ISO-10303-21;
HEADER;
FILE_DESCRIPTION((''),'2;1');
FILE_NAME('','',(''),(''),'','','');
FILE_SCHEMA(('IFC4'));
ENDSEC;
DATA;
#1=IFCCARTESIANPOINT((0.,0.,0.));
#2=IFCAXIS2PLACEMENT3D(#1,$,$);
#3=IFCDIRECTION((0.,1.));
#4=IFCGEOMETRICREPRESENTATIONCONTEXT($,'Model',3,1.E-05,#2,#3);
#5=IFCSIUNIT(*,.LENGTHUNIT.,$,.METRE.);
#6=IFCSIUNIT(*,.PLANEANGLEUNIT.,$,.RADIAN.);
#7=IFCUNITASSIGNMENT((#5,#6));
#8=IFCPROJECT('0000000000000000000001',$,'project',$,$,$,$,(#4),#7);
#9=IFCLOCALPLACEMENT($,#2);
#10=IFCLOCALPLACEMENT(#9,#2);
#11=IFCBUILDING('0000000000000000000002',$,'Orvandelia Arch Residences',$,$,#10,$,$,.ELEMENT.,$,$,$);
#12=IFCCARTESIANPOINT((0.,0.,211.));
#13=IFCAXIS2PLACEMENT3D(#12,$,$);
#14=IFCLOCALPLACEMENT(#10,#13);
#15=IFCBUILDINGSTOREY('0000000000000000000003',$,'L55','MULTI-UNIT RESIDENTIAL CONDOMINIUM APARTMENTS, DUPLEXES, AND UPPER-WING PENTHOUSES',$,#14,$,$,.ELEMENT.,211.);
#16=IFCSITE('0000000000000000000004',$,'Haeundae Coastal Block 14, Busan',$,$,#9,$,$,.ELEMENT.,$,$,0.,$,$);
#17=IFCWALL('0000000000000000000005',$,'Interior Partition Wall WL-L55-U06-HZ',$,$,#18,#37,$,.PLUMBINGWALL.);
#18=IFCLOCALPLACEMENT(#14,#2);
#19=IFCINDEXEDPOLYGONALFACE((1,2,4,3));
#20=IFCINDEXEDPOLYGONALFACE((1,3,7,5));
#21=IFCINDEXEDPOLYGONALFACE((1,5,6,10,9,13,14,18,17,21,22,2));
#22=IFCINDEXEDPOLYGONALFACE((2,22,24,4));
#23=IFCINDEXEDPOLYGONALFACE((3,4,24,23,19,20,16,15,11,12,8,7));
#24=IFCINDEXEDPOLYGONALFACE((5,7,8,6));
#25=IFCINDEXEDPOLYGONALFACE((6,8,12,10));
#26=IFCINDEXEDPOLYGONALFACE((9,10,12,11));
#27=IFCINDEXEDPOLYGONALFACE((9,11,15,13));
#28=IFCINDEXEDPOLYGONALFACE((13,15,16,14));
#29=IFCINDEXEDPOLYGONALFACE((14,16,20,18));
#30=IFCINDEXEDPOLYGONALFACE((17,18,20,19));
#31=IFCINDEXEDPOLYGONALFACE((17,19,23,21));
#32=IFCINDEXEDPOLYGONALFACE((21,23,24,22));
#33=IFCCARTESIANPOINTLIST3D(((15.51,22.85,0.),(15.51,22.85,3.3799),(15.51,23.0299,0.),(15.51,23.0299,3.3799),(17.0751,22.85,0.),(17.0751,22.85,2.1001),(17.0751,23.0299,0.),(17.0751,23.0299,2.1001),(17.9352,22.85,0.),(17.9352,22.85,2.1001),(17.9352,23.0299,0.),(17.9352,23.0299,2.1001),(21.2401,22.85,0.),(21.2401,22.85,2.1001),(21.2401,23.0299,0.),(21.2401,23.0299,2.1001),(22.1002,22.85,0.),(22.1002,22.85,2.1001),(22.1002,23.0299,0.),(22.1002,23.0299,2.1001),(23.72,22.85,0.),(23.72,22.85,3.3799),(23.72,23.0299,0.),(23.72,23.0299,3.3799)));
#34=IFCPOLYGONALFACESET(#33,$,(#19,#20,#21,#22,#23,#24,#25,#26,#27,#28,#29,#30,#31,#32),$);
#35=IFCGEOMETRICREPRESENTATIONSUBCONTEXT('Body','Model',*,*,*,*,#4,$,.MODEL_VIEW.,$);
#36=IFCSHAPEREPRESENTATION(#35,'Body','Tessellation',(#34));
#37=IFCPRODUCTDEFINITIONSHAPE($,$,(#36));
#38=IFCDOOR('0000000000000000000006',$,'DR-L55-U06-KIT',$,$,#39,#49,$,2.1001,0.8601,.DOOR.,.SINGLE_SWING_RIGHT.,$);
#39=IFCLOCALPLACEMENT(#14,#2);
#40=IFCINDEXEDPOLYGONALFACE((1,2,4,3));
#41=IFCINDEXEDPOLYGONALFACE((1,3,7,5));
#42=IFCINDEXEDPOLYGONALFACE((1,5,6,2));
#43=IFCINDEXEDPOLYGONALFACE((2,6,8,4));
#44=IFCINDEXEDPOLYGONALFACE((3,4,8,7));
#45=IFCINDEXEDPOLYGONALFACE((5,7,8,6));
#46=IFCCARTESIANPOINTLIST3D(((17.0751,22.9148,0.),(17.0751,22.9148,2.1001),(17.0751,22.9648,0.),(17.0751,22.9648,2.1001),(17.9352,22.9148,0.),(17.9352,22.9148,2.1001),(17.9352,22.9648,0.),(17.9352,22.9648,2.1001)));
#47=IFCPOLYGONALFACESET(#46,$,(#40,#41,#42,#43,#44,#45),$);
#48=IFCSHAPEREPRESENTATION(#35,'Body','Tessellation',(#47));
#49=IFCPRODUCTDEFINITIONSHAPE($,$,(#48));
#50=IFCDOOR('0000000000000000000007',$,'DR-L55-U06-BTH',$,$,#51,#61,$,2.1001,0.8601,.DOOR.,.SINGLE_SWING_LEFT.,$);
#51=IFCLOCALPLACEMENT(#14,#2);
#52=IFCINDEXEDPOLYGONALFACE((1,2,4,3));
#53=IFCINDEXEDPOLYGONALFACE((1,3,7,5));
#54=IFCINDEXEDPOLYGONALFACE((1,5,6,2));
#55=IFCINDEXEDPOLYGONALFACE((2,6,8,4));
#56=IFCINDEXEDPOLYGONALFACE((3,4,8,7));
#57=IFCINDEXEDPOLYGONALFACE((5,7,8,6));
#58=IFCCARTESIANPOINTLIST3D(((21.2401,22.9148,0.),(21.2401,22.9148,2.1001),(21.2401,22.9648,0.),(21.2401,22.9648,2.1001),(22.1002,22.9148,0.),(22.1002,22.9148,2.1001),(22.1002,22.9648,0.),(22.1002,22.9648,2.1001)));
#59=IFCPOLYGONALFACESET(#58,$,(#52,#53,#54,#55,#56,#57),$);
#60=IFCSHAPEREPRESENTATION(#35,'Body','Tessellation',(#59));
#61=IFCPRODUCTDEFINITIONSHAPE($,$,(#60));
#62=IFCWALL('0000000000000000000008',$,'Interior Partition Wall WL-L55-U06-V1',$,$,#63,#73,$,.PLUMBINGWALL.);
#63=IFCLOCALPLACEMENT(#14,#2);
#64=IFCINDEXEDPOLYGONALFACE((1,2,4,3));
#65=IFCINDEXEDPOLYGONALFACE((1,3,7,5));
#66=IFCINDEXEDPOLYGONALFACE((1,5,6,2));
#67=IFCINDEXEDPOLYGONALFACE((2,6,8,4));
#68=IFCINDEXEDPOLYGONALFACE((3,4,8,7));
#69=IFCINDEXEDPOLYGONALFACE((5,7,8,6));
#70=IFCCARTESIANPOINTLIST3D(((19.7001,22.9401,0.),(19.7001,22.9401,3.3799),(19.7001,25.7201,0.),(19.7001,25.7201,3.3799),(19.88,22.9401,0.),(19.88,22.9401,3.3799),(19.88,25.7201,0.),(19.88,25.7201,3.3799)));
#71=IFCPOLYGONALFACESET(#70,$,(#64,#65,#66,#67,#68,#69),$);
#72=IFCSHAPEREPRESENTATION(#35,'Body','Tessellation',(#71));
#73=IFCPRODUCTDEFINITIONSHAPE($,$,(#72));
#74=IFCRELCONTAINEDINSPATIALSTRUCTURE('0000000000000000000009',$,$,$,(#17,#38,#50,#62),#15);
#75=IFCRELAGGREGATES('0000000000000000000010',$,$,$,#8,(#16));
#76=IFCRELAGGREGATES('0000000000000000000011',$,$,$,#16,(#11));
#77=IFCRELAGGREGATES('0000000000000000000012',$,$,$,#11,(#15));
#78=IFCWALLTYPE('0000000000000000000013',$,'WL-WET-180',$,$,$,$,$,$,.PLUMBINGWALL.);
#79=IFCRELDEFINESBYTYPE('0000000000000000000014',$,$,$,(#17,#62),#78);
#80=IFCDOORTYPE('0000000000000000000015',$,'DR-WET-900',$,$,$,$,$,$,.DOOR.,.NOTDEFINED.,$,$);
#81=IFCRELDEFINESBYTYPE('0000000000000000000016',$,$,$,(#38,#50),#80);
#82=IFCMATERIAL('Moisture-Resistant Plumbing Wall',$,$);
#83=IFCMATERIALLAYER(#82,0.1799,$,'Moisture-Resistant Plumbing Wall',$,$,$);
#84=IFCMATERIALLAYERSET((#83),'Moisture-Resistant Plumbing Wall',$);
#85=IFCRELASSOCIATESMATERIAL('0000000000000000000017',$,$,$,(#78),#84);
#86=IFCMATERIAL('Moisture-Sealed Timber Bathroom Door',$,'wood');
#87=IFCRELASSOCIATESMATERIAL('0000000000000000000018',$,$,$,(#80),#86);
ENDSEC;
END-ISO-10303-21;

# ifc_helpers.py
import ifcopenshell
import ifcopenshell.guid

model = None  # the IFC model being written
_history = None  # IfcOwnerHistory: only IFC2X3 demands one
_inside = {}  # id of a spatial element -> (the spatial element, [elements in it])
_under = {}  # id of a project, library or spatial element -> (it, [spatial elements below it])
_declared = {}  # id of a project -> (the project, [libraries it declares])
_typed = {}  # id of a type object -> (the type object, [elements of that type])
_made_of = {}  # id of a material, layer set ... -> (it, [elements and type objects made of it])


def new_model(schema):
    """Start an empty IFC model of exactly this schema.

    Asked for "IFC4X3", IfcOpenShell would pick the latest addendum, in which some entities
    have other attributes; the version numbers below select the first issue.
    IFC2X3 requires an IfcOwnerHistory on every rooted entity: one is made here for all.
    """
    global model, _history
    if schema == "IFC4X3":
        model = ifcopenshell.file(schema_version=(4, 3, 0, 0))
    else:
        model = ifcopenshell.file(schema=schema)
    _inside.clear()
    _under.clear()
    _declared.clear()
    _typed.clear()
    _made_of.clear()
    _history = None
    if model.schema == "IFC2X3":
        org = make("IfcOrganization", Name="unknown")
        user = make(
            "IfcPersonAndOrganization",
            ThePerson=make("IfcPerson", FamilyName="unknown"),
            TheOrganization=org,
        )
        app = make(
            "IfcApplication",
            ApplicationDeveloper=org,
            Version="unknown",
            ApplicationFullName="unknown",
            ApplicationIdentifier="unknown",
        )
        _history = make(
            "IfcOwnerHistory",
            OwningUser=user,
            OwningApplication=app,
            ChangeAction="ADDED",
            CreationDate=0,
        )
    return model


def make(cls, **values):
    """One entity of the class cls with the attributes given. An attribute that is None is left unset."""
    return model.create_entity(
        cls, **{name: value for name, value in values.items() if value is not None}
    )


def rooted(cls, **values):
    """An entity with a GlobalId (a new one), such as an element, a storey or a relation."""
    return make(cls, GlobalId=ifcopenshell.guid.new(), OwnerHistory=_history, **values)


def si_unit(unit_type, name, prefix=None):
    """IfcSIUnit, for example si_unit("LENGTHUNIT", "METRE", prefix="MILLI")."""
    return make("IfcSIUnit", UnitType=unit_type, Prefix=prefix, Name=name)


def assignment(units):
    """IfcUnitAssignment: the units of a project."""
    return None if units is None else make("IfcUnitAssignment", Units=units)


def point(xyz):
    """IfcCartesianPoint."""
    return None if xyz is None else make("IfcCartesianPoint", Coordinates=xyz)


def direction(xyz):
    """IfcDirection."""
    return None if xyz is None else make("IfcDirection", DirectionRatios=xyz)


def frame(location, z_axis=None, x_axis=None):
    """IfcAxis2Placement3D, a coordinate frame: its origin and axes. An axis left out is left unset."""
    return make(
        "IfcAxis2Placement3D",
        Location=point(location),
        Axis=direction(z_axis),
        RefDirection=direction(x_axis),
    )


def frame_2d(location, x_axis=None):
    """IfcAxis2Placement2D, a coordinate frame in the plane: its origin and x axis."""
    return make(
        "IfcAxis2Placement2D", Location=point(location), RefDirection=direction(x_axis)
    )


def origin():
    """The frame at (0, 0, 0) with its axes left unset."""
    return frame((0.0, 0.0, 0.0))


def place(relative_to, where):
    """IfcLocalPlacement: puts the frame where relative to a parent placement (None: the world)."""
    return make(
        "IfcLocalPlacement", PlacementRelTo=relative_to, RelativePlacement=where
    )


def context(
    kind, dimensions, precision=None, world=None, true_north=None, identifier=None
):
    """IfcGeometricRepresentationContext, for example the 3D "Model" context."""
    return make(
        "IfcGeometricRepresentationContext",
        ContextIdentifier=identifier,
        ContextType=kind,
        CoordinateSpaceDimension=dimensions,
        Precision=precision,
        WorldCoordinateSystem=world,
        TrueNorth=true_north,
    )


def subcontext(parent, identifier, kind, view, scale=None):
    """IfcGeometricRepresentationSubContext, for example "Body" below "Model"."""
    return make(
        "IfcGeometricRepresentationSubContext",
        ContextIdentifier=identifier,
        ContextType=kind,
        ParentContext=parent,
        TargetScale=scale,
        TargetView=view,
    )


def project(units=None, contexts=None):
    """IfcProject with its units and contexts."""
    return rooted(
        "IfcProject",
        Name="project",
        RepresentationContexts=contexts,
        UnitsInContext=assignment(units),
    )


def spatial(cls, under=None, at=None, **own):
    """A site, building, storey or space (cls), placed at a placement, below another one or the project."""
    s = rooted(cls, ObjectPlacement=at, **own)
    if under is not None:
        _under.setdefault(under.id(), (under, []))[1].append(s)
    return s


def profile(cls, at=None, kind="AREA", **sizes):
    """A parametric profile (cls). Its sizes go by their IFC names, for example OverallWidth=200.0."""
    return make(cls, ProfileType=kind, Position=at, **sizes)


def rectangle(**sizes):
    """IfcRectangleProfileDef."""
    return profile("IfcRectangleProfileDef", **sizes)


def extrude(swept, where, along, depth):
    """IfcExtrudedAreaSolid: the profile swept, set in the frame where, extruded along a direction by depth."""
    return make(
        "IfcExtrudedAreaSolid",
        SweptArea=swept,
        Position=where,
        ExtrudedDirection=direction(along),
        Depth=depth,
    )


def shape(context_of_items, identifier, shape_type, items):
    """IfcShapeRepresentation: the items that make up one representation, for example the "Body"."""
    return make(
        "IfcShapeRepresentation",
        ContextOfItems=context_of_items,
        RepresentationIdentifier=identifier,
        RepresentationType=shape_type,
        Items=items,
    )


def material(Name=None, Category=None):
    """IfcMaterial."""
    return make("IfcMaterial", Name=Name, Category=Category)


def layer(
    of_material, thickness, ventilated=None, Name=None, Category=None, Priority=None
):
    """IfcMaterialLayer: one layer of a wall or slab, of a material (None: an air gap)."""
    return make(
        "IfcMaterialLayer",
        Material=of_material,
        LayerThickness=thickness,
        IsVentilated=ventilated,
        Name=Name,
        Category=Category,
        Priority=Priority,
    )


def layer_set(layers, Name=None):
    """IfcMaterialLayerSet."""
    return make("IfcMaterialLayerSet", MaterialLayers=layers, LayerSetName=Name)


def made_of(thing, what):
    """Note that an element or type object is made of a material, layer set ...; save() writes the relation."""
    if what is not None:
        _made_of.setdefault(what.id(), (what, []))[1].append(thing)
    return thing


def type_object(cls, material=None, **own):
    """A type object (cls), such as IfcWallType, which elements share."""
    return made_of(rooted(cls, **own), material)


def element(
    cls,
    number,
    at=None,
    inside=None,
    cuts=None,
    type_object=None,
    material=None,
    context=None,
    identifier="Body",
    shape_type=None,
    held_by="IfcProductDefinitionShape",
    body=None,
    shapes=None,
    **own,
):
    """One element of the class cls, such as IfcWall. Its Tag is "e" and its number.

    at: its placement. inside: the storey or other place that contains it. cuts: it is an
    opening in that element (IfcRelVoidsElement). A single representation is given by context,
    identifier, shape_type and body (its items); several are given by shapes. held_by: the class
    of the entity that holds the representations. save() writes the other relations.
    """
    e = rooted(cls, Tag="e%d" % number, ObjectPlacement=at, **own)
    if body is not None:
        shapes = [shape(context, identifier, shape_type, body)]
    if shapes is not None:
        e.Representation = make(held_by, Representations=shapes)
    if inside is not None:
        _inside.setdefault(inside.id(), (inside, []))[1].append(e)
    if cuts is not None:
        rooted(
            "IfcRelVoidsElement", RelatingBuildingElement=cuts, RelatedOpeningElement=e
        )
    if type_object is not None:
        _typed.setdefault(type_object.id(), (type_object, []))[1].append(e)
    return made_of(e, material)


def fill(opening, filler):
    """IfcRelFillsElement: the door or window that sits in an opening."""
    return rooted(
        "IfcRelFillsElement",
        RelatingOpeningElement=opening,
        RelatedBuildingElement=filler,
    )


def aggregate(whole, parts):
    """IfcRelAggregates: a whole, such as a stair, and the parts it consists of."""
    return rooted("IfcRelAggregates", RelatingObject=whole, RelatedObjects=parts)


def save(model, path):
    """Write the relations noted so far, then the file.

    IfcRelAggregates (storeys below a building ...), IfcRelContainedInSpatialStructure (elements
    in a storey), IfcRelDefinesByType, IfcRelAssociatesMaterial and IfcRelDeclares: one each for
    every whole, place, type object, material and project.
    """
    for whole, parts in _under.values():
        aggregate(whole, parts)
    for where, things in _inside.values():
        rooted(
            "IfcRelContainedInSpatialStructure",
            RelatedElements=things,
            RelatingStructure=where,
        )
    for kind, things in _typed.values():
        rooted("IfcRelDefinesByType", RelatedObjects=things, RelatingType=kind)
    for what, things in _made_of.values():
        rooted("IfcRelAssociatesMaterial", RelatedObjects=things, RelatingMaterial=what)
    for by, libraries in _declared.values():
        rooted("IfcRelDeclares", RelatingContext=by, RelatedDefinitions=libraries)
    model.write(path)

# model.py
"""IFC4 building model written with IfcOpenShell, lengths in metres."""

from ifc_helpers import new_model, si_unit, direction, frame, frame_2d, origin, place, context, subcontext, project, spatial, rectangle, extrude, material, layer, layer_set, type_object, element, fill, save


model = new_model("IFC4")

# Units and contexts
model_context = context("Model", 3, precision=1e-05, world=origin(), true_north=direction((0.0, 1.0)))
body_context = subcontext(model_context, "Body", "Model", "MODEL_VIEW")
ifc_project = project(units=[si_unit("LENGTHUNIT", "METRE"), si_unit("PLANEANGLEUNIT", "RADIAN")], contexts=[model_context])

# Site, building, storey
site_placement = place(None, origin())
site = spatial("IfcSite", under=ifc_project, at=site_placement, Name="Haeundae Coastal Block 14, Busan", CompositionType="ELEMENT", RefElevation=0.0)
building_placement = place(site_placement, origin())
building = spatial("IfcBuilding", under=site, at=building_placement, Name="Orvandelia Arch Residences", CompositionType="ELEMENT")
storey_placement = place(building_placement, frame((0.0, 0.0, 211.0)))
storey = spatial("IfcBuildingStorey", under=building, at=storey_placement, Name="L55", Description="MULTI-UNIT RESIDENTIAL CONDOMINIUM APARTMENTS, DUPLEXES, AND UPPER-WING PENTHOUSES", CompositionType="ELEMENT", Elevation=211.0)

# Shared definitions
ifc_material_1 = material(Name="Moisture-Resistant Plumbing Wall")
ifc_layer_1 = layer(ifc_material_1, 0.1799, Name="Moisture-Resistant Plumbing Wall")
ifc_layer_set_1 = layer_set([ifc_layer_1], Name="Moisture-Resistant Plumbing Wall")
wall_type_1 = type_object("IfcWallType", Name="WL-WET-180", PredefinedType="PLUMBINGWALL", material=ifc_layer_set_1)

# Shared definitions
ifc_material_2 = material(Name="Moisture-Sealed Timber Bathroom Door", Category="wood")
door_type_1 = type_object("IfcDoorType", Name="DR-WET-900", OperationType="NOTDEFINED", PredefinedType="DOOR", material=ifc_material_2)

# Wall, openings, doors
wall_1_placement = place(storey_placement, frame((15.51, 22.9399, 0.0), z_axis=(0.0, 0.0, 1.0), x_axis=(1.0, 0.0, 0.0)))
wall_1 = element("IfcWall", 1, at=wall_1_placement, inside=storey, type_object=wall_type_1, Name="Interior Partition Wall WL-L55-U06-HZ", PredefinedType="PLUMBINGWALL", context=body_context, shape_type="SweptSolid", body=[
    extrude(rectangle(XDim=8.21, YDim=0.1799, at=frame_2d((4.105, 0.0))), origin(), (0.0, 0.0, 1.0), 3.3799),
])
opening_1_placement = place(wall_1_placement, frame((1.5649, 0.0, 0.0)))
opening_1 = element("IfcOpeningElement", 2, at=opening_1_placement, cuts=wall_1, PredefinedType="OPENING", context=body_context, shape_type="SweptSolid", body=[
    extrude(rectangle(XDim=0.8601, YDim=2.1001, at=frame_2d((0.4302, 1.05))), frame((0.0, 0.1001, 0.0), z_axis=(0.0, -1.0, 0.0), x_axis=(1.0, 0.0, 0.0)), (0.0, 0.0, 1.0), 0.2),
])
opening_2_placement = place(wall_1_placement, frame((5.73, 0.0, 0.0)))
opening_2 = element("IfcOpeningElement", 3, at=opening_2_placement, cuts=wall_1, PredefinedType="OPENING", context=body_context, shape_type="SweptSolid", body=[
    extrude(rectangle(XDim=0.8601, YDim=2.1001, at=frame_2d((0.4302, 1.05))), frame((0.0, 0.1001, 0.0), z_axis=(0.0, -1.0, 0.0), x_axis=(1.0, 0.0, 0.0)), (0.0, 0.0, 1.0), 0.2),
])
door_1_placement = place(opening_1_placement, origin())
door_1 = element("IfcDoor", 4, at=door_1_placement, inside=storey, type_object=door_type_1, Name="DR-L55-U06-KIT", OperationType="SINGLE_SWING_RIGHT", OverallHeight=2.1001, OverallWidth=0.8601, PredefinedType="DOOR", context=body_context, shape_type="SweptSolid", body=[
    extrude(rectangle(XDim=0.8601, YDim=2.1001, at=frame_2d((0.4302, 1.05))), frame((0.0, 0.0249, 0.0), z_axis=(0.0, -1.0, 0.0), x_axis=(1.0, 0.0, 0.0)), (0.0, 0.0, 1.0), 0.05),
])
fill(opening_1, door_1)
door_2_placement = place(opening_2_placement, origin())
door_2 = element("IfcDoor", 5, at=door_2_placement, inside=storey, type_object=door_type_1, Name="DR-L55-U06-BTH", OperationType="SINGLE_SWING_LEFT", OverallHeight=2.1001, OverallWidth=0.8601, PredefinedType="DOOR", context=body_context, shape_type="SweptSolid", body=[
    extrude(rectangle(XDim=0.8601, YDim=2.1001, at=frame_2d((0.4302, 1.05))), frame((0.0, 0.0249, 0.0), z_axis=(0.0, -1.0, 0.0), x_axis=(1.0, 0.0, 0.0)), (0.0, 0.0, 1.0), 0.05),
])
fill(opening_2, door_2)

# Wall
wall_2_placement = place(storey_placement, frame((19.79, 22.9399, 0.0), z_axis=(0.0, 0.0, 1.0), x_axis=(0.0, 1.0, 0.0)))
element("IfcWall", 6, at=wall_2_placement, inside=storey, type_object=wall_type_1, Name="Interior Partition Wall WL-L55-U06-V1", PredefinedType="PLUMBINGWALL", context=body_context, shape_type="SweptSolid", body=[
    extrude(rectangle(XDim=2.78, YDim=0.1799, at=frame_2d((1.3901, 0.0))), origin(), (0.0, 0.0, 1.0), 3.3799),
])

save(model, "model.ifc")
